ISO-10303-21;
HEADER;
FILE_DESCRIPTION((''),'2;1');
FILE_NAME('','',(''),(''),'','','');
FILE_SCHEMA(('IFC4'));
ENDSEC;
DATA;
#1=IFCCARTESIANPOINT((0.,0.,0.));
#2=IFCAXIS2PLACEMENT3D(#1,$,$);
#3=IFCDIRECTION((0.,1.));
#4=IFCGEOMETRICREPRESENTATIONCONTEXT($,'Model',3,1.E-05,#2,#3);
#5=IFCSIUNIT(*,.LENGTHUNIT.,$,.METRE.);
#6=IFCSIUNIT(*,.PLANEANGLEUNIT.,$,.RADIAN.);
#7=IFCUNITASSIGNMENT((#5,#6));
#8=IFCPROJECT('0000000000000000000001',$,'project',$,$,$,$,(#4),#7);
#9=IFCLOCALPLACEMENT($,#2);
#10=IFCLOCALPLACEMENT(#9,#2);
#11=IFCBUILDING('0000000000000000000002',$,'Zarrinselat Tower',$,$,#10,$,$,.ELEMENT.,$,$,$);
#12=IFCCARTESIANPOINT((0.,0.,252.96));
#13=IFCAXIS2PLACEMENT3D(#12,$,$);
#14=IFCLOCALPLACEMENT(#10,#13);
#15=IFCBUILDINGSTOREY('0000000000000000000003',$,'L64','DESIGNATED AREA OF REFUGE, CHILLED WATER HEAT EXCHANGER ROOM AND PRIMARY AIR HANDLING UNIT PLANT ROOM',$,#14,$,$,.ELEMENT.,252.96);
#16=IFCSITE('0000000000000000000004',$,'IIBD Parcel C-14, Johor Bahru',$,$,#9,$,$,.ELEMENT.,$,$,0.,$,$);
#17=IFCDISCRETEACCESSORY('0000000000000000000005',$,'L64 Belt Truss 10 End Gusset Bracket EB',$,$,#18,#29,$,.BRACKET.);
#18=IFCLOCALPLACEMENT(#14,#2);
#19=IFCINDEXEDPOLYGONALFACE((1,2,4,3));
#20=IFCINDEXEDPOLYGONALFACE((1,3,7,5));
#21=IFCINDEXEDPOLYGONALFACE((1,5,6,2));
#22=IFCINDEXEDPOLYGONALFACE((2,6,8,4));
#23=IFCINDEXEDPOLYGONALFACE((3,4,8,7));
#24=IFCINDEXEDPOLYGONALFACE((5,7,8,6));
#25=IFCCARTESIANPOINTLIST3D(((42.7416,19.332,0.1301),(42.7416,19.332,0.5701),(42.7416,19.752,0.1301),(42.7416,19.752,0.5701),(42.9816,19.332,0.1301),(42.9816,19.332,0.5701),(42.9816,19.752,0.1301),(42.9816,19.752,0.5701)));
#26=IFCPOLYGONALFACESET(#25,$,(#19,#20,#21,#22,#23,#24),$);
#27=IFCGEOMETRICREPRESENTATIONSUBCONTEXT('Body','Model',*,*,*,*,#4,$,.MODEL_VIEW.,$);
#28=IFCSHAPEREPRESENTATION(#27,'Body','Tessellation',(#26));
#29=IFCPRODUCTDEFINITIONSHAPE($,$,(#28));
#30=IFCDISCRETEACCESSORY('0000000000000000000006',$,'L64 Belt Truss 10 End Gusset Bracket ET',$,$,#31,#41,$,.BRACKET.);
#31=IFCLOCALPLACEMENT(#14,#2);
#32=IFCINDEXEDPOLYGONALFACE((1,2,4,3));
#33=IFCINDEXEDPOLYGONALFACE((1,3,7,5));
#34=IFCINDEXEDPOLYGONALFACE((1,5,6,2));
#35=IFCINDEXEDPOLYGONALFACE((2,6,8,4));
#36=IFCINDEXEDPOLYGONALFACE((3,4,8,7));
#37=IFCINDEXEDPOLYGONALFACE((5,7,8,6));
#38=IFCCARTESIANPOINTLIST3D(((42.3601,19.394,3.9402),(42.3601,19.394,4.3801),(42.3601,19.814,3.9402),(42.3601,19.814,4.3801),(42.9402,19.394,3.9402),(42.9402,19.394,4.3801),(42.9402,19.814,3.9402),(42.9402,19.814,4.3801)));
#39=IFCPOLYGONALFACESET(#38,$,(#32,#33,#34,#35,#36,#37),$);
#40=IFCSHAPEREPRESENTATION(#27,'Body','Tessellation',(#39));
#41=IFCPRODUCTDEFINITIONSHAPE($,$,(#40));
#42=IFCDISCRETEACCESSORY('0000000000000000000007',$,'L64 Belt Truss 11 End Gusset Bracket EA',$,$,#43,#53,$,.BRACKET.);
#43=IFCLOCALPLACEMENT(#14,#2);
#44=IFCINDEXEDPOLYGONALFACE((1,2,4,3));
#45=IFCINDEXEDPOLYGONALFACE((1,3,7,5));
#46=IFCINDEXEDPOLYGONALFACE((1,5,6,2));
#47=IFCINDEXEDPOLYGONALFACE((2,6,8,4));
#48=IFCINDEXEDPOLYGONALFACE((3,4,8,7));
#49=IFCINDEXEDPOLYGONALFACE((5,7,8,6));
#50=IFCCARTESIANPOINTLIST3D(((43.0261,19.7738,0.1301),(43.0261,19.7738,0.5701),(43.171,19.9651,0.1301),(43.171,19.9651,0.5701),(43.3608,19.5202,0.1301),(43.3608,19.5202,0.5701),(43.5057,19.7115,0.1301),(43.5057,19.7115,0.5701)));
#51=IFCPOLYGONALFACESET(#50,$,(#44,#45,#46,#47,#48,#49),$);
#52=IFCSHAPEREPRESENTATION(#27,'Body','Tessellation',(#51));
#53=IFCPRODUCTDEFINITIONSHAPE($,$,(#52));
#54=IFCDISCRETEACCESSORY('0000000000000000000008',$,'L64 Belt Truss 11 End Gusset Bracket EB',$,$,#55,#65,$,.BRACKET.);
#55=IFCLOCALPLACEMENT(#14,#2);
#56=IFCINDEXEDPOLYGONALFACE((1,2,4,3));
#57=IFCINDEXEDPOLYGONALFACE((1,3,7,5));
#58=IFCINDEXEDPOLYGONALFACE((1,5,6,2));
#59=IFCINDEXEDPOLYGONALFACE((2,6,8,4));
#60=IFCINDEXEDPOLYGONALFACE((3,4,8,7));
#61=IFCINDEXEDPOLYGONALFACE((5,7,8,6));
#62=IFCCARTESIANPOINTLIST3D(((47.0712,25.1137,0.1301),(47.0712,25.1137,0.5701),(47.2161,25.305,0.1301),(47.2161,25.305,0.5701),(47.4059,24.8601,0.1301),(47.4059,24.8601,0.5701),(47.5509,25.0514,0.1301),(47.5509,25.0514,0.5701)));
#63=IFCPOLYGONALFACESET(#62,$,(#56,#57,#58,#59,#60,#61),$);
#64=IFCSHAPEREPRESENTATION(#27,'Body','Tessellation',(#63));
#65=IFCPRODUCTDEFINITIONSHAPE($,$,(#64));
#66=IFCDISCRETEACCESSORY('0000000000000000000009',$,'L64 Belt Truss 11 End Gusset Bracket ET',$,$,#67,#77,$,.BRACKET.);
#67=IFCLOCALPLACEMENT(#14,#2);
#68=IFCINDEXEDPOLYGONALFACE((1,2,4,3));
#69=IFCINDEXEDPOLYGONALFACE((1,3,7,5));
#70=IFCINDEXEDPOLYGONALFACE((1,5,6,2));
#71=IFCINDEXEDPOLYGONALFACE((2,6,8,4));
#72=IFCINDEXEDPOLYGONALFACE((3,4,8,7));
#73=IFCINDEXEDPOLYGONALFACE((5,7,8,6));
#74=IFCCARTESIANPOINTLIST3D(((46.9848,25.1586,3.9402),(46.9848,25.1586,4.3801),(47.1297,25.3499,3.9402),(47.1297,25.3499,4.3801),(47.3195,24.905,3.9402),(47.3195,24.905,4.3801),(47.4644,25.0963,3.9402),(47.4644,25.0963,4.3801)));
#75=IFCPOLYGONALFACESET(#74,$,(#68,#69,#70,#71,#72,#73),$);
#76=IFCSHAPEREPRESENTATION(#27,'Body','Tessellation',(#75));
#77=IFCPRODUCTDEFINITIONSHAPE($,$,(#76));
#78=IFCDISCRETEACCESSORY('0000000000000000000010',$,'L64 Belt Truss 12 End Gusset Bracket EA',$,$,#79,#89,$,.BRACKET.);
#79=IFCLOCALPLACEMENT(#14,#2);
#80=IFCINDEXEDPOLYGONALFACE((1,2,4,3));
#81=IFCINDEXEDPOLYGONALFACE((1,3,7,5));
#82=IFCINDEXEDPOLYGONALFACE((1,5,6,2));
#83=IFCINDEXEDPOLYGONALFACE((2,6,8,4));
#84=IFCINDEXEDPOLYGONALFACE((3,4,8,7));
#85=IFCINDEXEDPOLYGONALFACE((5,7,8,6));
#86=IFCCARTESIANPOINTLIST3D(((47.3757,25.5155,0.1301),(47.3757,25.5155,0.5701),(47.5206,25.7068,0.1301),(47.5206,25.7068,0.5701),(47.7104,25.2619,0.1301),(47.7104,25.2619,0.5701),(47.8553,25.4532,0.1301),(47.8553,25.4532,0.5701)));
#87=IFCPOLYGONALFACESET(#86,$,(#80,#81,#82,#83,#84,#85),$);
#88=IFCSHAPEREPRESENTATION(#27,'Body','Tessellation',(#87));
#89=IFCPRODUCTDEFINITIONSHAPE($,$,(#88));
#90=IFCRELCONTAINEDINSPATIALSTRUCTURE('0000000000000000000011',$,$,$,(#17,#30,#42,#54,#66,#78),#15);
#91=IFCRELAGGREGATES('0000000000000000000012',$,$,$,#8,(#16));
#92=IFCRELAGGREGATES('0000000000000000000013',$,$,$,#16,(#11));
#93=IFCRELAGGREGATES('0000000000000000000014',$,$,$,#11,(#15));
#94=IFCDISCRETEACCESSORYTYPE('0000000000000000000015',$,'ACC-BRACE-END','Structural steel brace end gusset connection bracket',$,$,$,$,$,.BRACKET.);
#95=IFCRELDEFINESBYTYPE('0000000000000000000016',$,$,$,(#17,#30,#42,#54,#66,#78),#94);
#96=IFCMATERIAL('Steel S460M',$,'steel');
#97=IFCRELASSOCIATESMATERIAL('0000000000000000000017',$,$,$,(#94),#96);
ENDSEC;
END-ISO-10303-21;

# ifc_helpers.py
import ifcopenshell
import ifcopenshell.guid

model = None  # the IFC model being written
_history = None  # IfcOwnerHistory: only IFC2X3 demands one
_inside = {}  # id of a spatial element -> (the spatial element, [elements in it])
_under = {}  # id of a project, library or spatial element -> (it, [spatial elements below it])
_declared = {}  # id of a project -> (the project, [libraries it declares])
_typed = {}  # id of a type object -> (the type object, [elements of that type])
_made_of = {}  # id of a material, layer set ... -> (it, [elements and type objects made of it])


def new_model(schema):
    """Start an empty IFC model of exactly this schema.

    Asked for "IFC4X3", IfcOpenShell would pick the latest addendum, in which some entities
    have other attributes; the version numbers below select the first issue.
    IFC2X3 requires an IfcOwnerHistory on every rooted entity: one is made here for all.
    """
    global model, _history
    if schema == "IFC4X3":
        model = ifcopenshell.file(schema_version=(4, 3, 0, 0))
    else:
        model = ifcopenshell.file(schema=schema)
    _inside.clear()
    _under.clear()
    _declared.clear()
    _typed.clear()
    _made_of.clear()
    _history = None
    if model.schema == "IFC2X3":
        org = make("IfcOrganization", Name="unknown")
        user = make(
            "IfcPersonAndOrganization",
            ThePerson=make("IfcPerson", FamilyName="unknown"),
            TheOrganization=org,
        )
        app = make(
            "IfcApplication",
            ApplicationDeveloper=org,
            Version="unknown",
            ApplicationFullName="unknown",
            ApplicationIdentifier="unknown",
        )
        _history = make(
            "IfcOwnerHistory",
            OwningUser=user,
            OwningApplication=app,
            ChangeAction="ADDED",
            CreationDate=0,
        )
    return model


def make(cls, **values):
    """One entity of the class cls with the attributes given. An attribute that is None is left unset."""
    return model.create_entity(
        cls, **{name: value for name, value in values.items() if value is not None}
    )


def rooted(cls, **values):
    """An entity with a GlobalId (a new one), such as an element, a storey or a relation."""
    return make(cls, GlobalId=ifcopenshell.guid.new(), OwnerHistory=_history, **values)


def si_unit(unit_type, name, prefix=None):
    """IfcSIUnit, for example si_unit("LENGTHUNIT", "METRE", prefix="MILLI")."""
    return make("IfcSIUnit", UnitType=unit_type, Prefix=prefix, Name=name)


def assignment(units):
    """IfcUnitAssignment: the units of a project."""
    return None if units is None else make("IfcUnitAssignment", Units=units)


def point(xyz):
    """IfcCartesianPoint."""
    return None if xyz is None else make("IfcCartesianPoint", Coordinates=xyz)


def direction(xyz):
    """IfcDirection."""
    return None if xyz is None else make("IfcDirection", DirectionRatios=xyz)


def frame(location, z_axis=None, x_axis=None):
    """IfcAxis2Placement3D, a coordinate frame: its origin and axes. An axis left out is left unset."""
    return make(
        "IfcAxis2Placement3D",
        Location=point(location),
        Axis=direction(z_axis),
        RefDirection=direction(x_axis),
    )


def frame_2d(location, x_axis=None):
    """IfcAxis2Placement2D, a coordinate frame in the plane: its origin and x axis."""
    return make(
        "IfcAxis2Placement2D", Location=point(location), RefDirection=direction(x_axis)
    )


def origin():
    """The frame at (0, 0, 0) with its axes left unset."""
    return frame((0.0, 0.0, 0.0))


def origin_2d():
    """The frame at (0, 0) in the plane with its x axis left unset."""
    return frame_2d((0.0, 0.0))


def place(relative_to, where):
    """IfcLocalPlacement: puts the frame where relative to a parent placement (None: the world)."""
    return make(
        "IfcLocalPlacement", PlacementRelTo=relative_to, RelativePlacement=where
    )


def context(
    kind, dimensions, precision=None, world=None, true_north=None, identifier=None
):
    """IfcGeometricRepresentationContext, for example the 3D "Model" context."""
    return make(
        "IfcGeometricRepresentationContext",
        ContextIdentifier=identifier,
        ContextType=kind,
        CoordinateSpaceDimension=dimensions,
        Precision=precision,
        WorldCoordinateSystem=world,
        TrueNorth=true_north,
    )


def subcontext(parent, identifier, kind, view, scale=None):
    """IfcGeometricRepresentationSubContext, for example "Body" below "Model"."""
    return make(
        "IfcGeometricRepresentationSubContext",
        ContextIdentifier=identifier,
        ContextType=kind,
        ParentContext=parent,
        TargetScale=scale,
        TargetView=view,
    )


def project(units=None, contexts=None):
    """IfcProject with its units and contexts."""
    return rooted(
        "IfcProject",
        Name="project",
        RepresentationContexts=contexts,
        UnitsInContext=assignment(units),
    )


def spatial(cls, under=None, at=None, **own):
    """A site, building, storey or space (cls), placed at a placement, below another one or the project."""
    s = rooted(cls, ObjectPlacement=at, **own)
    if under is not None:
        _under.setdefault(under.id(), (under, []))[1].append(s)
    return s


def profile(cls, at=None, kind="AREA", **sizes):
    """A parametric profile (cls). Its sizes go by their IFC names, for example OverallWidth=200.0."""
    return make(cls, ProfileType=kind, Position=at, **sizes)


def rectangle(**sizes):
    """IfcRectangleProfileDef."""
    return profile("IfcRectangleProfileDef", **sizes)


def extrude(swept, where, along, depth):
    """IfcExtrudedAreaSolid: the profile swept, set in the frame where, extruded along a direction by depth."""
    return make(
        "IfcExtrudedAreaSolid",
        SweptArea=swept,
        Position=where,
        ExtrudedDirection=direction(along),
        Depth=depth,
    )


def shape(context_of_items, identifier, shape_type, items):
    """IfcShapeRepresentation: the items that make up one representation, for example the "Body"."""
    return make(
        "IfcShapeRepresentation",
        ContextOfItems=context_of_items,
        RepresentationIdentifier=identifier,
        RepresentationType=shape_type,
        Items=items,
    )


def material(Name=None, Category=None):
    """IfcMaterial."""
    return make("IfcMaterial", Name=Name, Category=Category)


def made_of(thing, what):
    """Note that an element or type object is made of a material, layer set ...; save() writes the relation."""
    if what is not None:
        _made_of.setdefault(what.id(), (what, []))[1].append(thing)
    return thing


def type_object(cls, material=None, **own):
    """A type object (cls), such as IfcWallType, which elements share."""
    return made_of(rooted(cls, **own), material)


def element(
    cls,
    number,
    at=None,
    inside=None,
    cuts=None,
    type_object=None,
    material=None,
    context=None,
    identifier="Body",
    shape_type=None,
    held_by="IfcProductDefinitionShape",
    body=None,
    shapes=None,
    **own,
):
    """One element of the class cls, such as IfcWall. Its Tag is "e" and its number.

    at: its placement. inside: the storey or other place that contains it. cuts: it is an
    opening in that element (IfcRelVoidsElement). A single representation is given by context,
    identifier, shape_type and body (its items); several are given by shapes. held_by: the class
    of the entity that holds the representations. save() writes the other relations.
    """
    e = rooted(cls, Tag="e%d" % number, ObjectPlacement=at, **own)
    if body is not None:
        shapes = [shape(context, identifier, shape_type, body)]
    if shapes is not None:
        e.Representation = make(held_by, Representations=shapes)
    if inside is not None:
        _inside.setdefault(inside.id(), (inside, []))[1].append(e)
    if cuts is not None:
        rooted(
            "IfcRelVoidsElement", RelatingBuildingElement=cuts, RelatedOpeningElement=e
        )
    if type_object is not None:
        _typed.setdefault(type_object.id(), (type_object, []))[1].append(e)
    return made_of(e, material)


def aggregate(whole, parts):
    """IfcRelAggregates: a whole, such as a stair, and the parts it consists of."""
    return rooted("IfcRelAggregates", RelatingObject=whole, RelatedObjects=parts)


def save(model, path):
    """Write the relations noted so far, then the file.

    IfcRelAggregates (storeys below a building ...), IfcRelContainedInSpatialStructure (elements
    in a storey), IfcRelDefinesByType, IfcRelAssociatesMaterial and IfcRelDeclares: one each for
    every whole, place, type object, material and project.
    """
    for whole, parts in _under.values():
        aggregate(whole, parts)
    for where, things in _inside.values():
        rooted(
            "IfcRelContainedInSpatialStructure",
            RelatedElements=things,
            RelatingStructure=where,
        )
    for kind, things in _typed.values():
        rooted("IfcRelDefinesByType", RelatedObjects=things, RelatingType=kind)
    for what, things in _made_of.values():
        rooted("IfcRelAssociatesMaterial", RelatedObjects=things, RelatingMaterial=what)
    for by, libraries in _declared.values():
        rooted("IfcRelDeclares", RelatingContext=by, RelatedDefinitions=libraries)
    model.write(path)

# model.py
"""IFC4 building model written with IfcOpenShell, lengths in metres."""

from ifc_helpers import new_model, si_unit, direction, frame, origin, origin_2d, place, context, subcontext, project, spatial, rectangle, extrude, material, type_object, element, save


model = new_model("IFC4")

# Units and contexts
model_context = context("Model", 3, precision=1e-05, world=origin(), true_north=direction((0.0, 1.0)))
body_context = subcontext(model_context, "Body", "Model", "MODEL_VIEW")
ifc_project = project(units=[si_unit("LENGTHUNIT", "METRE"), si_unit("PLANEANGLEUNIT", "RADIAN")], contexts=[model_context])

# Site, building, storey
site_placement = place(None, origin())
site = spatial("IfcSite", under=ifc_project, at=site_placement, Name="IIBD Parcel C-14, Johor Bahru", CompositionType="ELEMENT", RefElevation=0.0)
building_placement = place(site_placement, origin())
building = spatial("IfcBuilding", under=site, at=building_placement, Name="Zarrinselat Tower", CompositionType="ELEMENT")
storey_placement = place(building_placement, frame((0.0, 0.0, 252.96)))
storey = spatial("IfcBuildingStorey", under=building, at=storey_placement, Name="L64", Description="DESIGNATED AREA OF REFUGE, CHILLED WATER HEAT EXCHANGER ROOM AND PRIMARY AIR HANDLING UNIT PLANT ROOM", CompositionType="ELEMENT", Elevation=252.96)

# Discrete accessories
ifc_material_1 = material(Name="Steel S460M", Category="steel")
discrete_accessory_type = type_object("IfcDiscreteAccessoryType", Name="ACC-BRACE-END", Description="Structural steel brace end gusset connection bracket", PredefinedType="BRACKET", material=ifc_material_1)
discrete_accessory_1_placement = place(storey_placement, frame((42.8616, 19.542, 0.1301), z_axis=(0.0, 0.0, 1.0), x_axis=(1.0, 0.0, 0.0)))
element("IfcDiscreteAccessory", 1, at=discrete_accessory_1_placement, inside=storey, type_object=discrete_accessory_type, Name="L64 Belt Truss 10 End Gusset Bracket EB", PredefinedType="BRACKET", context=body_context, shape_type="SweptSolid", body=[
    extrude(rectangle(XDim=0.24, YDim=0.4199, at=origin_2d()), origin(), (0.0, 0.0, 1.0), 0.4399),
])
discrete_accessory_2_placement = place(storey_placement, frame((42.6501, 19.604, 3.9402), z_axis=(0.0, 0.0, 1.0), x_axis=(1.0, 0.0, 0.0)))
element("IfcDiscreteAccessory", 2, at=discrete_accessory_2_placement, inside=storey, type_object=discrete_accessory_type, Name="L64 Belt Truss 10 End Gusset Bracket ET", PredefinedType="BRACKET", context=body_context, shape_type="SweptSolid", body=[
    extrude(rectangle(XDim=0.5801, YDim=0.4199, at=origin_2d()), origin(), (0.0, 0.0, 1.0), 0.4399),
])
for number, where, z_axis, x_axis, name in (
    (3, (43.2659, 19.7427, 0.1301), (0.0, 0.0, 1.0), (0.603856, 0.797093, 0.0), "L64 Belt Truss 11 End Gusset Bracket EA"),
    (4, (47.311, 25.0825, 0.1301), (0.0, 0.0, 1.0), (0.603856, 0.797093, 0.0), "L64 Belt Truss 11 End Gusset Bracket EB"),
    (5, (47.2246, 25.1274, 3.9402), (0.0, 0.0, 1.0), (0.603856, 0.797093, 0.0), "L64 Belt Truss 11 End Gusset Bracket ET"),
    (6, (47.6155, 25.4844, 0.1301), (0.0, 0.0, 1.0), (0.603856, 0.797093, 0.0), "L64 Belt Truss 12 End Gusset Bracket EA"),
):
    element("IfcDiscreteAccessory", number, at=place(storey_placement, frame(where, z_axis=z_axis, x_axis=x_axis)), inside=storey, type_object=discrete_accessory_type, Name=name, PredefinedType="BRACKET", context=body_context, shape_type="SweptSolid", body=[
        extrude(rectangle(XDim=0.24, YDim=0.4199, at=origin_2d()), origin(), (0.0, 0.0, 1.0), 0.4399),
    ])

save(model, "model.ifc")
